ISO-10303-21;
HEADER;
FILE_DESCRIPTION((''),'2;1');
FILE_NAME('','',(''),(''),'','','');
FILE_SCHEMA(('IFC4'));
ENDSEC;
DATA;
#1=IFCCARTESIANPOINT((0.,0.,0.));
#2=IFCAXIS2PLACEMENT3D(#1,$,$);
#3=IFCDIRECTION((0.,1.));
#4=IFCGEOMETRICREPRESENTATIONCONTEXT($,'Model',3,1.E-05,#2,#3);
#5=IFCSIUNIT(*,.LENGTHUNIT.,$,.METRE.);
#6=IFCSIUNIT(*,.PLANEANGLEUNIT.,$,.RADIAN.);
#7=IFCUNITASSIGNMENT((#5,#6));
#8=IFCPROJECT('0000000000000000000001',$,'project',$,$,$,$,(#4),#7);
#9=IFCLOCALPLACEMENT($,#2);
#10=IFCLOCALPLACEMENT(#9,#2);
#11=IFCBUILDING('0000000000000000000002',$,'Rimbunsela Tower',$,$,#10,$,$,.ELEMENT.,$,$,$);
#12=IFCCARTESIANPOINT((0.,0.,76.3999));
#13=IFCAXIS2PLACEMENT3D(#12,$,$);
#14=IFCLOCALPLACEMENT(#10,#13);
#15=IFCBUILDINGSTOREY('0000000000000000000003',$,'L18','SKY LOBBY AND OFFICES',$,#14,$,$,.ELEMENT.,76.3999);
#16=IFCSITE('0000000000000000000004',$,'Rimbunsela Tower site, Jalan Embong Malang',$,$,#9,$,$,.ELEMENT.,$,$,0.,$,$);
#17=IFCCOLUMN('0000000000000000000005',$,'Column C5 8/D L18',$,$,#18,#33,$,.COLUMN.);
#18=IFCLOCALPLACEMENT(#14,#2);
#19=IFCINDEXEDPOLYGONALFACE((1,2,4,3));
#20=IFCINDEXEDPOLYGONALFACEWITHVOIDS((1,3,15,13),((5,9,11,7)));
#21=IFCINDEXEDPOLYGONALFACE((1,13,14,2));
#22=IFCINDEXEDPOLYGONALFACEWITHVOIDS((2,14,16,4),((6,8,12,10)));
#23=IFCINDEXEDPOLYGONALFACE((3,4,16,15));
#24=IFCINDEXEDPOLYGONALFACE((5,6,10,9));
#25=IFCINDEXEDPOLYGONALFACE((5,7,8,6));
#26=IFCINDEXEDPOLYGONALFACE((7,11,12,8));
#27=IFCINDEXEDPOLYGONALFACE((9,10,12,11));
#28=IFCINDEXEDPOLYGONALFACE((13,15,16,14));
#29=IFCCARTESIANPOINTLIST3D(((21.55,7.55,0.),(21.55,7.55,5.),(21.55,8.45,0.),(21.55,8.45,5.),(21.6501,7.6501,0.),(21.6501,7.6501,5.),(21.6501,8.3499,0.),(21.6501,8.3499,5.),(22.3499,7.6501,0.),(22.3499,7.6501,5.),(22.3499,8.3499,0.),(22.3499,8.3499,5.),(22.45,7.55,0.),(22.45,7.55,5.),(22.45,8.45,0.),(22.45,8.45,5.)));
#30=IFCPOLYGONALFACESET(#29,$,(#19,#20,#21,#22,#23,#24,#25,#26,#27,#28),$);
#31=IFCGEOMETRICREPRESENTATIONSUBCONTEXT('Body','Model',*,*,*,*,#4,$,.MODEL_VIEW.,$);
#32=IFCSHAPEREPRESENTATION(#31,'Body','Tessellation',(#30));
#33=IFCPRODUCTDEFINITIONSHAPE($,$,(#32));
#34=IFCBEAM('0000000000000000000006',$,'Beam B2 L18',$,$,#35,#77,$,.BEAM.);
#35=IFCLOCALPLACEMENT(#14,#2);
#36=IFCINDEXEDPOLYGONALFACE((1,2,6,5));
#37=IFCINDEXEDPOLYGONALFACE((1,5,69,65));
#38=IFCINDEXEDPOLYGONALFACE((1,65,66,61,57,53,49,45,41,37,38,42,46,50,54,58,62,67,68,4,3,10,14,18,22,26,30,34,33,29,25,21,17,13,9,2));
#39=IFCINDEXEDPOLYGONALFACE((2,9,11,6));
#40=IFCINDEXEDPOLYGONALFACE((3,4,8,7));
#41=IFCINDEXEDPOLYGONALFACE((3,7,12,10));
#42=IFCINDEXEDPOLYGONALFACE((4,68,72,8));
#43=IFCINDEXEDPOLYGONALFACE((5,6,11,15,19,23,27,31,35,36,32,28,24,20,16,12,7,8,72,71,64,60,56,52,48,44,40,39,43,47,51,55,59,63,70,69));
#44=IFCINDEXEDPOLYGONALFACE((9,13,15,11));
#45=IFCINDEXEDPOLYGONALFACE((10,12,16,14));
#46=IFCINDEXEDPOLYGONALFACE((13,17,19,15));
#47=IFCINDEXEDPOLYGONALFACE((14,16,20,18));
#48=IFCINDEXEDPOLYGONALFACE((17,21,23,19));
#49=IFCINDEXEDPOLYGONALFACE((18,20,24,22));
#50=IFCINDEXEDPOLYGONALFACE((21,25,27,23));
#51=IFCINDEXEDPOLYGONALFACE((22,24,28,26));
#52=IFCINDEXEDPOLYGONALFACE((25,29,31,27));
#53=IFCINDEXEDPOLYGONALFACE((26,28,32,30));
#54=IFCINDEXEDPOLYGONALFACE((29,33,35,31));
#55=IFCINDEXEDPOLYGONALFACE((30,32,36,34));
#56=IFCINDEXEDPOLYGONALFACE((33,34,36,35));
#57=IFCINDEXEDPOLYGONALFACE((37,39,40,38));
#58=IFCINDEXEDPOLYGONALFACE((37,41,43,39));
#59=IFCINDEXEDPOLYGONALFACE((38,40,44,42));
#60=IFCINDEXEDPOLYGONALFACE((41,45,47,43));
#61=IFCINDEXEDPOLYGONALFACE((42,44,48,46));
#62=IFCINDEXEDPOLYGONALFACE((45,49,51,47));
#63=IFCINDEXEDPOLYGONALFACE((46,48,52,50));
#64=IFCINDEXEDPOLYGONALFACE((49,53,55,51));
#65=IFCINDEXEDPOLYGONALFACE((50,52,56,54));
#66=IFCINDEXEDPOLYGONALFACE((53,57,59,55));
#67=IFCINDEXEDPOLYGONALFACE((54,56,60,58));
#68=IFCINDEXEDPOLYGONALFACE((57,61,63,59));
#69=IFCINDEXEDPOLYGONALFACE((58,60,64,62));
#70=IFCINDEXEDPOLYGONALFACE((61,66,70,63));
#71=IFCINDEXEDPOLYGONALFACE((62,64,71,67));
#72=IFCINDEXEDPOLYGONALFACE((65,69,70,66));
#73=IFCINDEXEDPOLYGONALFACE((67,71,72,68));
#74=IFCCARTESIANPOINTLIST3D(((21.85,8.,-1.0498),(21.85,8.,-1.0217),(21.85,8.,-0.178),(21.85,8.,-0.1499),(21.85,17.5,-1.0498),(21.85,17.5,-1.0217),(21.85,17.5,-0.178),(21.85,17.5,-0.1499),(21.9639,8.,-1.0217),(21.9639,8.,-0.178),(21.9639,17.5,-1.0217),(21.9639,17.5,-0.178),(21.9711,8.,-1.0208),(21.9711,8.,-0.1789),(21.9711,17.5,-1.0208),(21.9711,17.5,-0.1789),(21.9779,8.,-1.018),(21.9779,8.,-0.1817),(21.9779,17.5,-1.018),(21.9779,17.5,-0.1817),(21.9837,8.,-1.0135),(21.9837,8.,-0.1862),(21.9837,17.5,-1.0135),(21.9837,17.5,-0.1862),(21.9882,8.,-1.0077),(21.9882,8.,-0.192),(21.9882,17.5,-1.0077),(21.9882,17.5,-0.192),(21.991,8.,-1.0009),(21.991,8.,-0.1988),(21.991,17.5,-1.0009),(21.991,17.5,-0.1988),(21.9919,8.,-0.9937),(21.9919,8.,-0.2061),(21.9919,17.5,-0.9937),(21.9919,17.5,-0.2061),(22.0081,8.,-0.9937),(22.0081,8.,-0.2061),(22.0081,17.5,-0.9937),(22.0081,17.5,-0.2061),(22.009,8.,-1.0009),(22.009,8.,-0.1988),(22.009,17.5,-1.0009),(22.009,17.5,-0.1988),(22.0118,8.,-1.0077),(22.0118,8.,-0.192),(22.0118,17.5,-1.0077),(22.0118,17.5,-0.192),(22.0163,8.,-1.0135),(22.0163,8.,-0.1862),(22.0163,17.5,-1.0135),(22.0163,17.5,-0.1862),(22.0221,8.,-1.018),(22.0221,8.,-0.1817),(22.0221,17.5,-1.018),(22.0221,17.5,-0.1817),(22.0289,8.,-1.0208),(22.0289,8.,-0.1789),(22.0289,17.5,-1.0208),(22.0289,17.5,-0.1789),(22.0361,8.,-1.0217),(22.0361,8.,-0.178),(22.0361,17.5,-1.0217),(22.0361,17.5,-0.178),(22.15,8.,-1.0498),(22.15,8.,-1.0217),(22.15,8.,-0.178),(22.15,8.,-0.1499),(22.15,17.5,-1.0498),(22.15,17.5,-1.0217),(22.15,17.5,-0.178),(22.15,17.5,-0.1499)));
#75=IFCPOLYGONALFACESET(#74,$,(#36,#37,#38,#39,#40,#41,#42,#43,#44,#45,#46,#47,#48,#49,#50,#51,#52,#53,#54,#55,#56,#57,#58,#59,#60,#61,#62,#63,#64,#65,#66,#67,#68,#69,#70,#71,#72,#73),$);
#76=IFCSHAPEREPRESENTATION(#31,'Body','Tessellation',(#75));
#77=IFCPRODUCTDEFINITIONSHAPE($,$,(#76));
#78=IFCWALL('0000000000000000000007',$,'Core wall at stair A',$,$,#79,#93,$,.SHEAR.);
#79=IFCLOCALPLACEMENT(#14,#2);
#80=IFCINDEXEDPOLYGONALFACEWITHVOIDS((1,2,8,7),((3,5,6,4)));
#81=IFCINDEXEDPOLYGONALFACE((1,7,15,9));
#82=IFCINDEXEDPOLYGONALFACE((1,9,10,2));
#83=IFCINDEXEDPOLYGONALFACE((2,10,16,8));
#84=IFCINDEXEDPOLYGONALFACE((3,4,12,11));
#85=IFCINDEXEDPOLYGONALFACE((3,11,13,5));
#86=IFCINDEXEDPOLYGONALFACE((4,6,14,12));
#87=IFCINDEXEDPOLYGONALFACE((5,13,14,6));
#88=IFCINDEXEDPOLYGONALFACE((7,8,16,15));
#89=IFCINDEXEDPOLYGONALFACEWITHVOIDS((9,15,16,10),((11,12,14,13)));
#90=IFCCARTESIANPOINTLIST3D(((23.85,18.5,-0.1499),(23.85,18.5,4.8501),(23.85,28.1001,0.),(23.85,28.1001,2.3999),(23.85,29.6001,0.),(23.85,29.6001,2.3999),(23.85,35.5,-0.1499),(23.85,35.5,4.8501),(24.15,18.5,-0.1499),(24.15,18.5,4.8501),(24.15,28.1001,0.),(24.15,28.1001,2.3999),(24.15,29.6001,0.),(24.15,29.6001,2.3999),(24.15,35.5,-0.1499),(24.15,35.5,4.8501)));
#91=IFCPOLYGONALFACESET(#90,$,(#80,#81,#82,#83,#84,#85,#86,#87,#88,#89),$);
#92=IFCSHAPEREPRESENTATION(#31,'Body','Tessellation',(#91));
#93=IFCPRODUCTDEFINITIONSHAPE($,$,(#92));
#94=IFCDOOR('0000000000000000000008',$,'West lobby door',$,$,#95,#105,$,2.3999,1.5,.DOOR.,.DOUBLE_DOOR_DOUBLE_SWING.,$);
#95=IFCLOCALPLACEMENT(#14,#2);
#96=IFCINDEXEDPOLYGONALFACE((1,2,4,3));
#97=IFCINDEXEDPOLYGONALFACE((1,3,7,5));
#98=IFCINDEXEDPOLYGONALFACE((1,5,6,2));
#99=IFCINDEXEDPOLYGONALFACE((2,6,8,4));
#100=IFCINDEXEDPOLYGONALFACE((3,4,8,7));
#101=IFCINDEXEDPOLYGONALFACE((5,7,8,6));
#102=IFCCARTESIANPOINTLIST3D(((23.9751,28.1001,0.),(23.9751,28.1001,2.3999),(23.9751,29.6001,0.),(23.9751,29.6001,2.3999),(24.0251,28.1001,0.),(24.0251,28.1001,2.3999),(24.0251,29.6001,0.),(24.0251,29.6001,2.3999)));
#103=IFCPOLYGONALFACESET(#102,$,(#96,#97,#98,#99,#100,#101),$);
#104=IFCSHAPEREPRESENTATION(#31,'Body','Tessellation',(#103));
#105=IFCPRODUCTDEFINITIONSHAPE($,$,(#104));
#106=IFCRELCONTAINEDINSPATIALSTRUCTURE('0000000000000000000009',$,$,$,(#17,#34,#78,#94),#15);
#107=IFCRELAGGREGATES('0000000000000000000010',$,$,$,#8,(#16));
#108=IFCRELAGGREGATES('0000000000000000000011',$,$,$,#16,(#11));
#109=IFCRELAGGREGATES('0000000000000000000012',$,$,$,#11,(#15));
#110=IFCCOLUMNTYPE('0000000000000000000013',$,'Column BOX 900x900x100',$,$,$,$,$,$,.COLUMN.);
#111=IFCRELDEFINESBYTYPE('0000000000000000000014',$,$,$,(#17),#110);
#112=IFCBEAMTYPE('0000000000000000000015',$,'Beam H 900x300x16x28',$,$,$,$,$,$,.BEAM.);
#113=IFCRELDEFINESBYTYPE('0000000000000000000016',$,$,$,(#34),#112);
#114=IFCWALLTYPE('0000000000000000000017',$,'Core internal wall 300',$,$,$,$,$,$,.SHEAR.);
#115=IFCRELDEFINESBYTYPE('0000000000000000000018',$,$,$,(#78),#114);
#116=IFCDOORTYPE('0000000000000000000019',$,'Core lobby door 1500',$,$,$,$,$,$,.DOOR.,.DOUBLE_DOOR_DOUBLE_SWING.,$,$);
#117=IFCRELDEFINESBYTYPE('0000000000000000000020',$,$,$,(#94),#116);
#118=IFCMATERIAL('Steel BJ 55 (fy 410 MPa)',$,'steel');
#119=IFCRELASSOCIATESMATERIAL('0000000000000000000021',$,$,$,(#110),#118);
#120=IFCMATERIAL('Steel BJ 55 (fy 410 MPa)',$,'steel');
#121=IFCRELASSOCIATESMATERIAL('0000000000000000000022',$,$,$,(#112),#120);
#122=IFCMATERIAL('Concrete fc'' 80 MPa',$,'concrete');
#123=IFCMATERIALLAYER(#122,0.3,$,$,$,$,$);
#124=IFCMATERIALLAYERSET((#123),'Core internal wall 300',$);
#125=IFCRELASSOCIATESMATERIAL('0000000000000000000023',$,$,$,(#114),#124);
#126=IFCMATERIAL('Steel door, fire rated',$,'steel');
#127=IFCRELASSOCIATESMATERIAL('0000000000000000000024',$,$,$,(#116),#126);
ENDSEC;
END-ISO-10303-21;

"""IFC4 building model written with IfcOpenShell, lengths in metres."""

from ifc_helpers import new_model, si_unit, direction, frame, frame_2d, origin, origin_2d, place, context, subcontext, project, spatial, rectangle, hollow_rectangle, i_section, extrude, material, layer, layer_set, material_profile, profile_set, type_object, element, fill, save


model = new_model("IFC4")

# Units and contexts
model_context = context("Model", 3, precision=1e-05, world=origin(), true_north=direction((0.0, 1.0)))
body_context = subcontext(model_context, "Body", "Model", "MODEL_VIEW")
ifc_project = project(units=[si_unit("LENGTHUNIT", "METRE"), si_unit("PLANEANGLEUNIT", "RADIAN")], contexts=[model_context])

# Site, building, storey
site_placement = place(None, origin())
site = spatial("IfcSite", under=ifc_project, at=site_placement, Name="Rimbunsela Tower site, Jalan Embong Malang", CompositionType="ELEMENT", RefElevation=0.0)
building_placement = place(site_placement, origin())
building = spatial("IfcBuilding", under=site, at=building_placement, Name="Rimbunsela Tower", CompositionType="ELEMENT")
storey_placement = place(building_placement, frame((0.0, 0.0, 76.3999)))
storey = spatial("IfcBuildingStorey", under=building, at=storey_placement, Name="L18", Description="SKY LOBBY AND OFFICES", CompositionType="ELEMENT", Elevation=76.3999)

# Column
ifc_material_1 = material(Name="Steel BJ 55 (fy 410 MPa)", Category="steel")
ifc_material_profile_1 = material_profile(ifc_material_1, hollow_rectangle(XDim=0.8999, YDim=0.8999, WallThickness=0.1001, at=origin_2d()), Name="BOX 900x900x100")
ifc_profile_set_1 = profile_set([ifc_material_profile_1], Name="Steel BJ 55 (fy 410 MPa)")
column_type = type_object("IfcColumnType", Name="Column BOX 900x900x100", PredefinedType="COLUMN", material=ifc_profile_set_1)
column_placement = place(storey_placement, frame((22.0, 8.0, 0.0), z_axis=(0.0, 0.0, 1.0), x_axis=(1.0, 0.0, 0.0)))
element("IfcColumn", 1, at=column_placement, inside=storey, type_object=column_type, Name="Column C5 8/D L18", PredefinedType="COLUMN", context=body_context, shape_type="SweptSolid", body=[
    extrude(hollow_rectangle(XDim=0.8999, YDim=0.8999, WallThickness=0.1001, at=origin_2d()), origin(), (0.0, 0.0, 1.0), 5.0),
])

# Beam
ifc_material_2 = material(Name="Steel BJ 55 (fy 410 MPa)", Category="steel")
ifc_material_profile_2 = material_profile(ifc_material_2, i_section(OverallWidth=0.3, OverallDepth=0.8999, WebThickness=0.0161, FlangeThickness=0.0281, FilletRadius=0.0281, at=origin_2d()), Name="H 900x300x16x28")
ifc_profile_set_2 = profile_set([ifc_material_profile_2], Name="Steel BJ 55 (fy 410 MPa)")
beam_type = type_object("IfcBeamType", Name="Beam H 900x300x16x28", PredefinedType="BEAM", material=ifc_profile_set_2)
beam_placement = place(storey_placement, frame((22.0, 8.0, -0.5999), z_axis=(0.0, 1.0, 0.0), x_axis=(-1.0, 0.0, 0.0)))
element("IfcBeam", 2, at=beam_placement, inside=storey, type_object=beam_type, Name="Beam B2 L18", PredefinedType="BEAM", context=body_context, shape_type="SweptSolid", body=[
    extrude(i_section(OverallWidth=0.3, OverallDepth=0.8999, WebThickness=0.0161, FlangeThickness=0.0281, FilletRadius=0.0281, at=origin_2d()), origin(), (0.0, 0.0, 1.0), 9.5),
])

# Wall, opening, door
ifc_material_3 = material(Name="Concrete fc' 80 MPa", Category="concrete")
ifc_layer_1 = layer(ifc_material_3, 0.3)
ifc_layer_set_1 = layer_set([ifc_layer_1], Name="Core internal wall 300")
wall_type_1 = type_object("IfcWallType", Name="Core internal wall 300", PredefinedType="SHEAR", material=ifc_layer_set_1)
wall_1_placement = place(storey_placement, frame((24.0, 18.5, -0.1499), z_axis=(0.0, 0.0, 1.0), x_axis=(0.0, 1.0, 0.0)))
wall_1 = element("IfcWall", 3, at=wall_1_placement, inside=storey, type_object=wall_type_1, Name="Core wall at stair A", PredefinedType="SHEAR", context=body_context, shape_type="SweptSolid", body=[
    extrude(rectangle(XDim=17.0, YDim=0.3, at=frame_2d((8.5, 0.0))), origin(), (0.0, 0.0, 1.0), 5.0),
])
opening_1_placement = place(wall_1_placement, frame((9.6001, 0.0, 0.1499)))
opening_1 = element("IfcOpeningElement", 4, at=opening_1_placement, cuts=wall_1, PredefinedType="OPENING", context=body_context, shape_type="SweptSolid", body=[
    extrude(rectangle(XDim=1.5, YDim=2.3999, at=frame_2d((0.75, 1.2))), frame((0.0, 0.1599, 0.0), z_axis=(0.0, -1.0, 0.0), x_axis=(1.0, 0.0, 0.0)), (0.0, 0.0, 1.0), 0.3201),
])
ifc_material_4 = material(Name="Steel door, fire rated", Category="steel")
door_type_1 = type_object("IfcDoorType", Name="Core lobby door 1500", OperationType="DOUBLE_DOOR_DOUBLE_SWING", PredefinedType="DOOR", material=ifc_material_4)
door_1_placement = place(opening_1_placement, origin())
door_1 = element("IfcDoor", 5, at=door_1_placement, inside=storey, type_object=door_type_1, Name="West lobby door", OperationType="DOUBLE_DOOR_DOUBLE_SWING", OverallHeight=2.3999, OverallWidth=1.5, PredefinedType="DOOR", context=body_context, shape_type="SweptSolid", body=[
    extrude(rectangle(XDim=1.5, YDim=2.3999, at=frame_2d((0.75, 1.2))), frame((0.0, 0.0249, 0.0), z_axis=(0.0, -1.0, 0.0), x_axis=(1.0, 0.0, 0.0)), (0.0, 0.0, 1.0), 0.05),
])
fill(opening_1, door_1)

save(model, "model.ifc")
